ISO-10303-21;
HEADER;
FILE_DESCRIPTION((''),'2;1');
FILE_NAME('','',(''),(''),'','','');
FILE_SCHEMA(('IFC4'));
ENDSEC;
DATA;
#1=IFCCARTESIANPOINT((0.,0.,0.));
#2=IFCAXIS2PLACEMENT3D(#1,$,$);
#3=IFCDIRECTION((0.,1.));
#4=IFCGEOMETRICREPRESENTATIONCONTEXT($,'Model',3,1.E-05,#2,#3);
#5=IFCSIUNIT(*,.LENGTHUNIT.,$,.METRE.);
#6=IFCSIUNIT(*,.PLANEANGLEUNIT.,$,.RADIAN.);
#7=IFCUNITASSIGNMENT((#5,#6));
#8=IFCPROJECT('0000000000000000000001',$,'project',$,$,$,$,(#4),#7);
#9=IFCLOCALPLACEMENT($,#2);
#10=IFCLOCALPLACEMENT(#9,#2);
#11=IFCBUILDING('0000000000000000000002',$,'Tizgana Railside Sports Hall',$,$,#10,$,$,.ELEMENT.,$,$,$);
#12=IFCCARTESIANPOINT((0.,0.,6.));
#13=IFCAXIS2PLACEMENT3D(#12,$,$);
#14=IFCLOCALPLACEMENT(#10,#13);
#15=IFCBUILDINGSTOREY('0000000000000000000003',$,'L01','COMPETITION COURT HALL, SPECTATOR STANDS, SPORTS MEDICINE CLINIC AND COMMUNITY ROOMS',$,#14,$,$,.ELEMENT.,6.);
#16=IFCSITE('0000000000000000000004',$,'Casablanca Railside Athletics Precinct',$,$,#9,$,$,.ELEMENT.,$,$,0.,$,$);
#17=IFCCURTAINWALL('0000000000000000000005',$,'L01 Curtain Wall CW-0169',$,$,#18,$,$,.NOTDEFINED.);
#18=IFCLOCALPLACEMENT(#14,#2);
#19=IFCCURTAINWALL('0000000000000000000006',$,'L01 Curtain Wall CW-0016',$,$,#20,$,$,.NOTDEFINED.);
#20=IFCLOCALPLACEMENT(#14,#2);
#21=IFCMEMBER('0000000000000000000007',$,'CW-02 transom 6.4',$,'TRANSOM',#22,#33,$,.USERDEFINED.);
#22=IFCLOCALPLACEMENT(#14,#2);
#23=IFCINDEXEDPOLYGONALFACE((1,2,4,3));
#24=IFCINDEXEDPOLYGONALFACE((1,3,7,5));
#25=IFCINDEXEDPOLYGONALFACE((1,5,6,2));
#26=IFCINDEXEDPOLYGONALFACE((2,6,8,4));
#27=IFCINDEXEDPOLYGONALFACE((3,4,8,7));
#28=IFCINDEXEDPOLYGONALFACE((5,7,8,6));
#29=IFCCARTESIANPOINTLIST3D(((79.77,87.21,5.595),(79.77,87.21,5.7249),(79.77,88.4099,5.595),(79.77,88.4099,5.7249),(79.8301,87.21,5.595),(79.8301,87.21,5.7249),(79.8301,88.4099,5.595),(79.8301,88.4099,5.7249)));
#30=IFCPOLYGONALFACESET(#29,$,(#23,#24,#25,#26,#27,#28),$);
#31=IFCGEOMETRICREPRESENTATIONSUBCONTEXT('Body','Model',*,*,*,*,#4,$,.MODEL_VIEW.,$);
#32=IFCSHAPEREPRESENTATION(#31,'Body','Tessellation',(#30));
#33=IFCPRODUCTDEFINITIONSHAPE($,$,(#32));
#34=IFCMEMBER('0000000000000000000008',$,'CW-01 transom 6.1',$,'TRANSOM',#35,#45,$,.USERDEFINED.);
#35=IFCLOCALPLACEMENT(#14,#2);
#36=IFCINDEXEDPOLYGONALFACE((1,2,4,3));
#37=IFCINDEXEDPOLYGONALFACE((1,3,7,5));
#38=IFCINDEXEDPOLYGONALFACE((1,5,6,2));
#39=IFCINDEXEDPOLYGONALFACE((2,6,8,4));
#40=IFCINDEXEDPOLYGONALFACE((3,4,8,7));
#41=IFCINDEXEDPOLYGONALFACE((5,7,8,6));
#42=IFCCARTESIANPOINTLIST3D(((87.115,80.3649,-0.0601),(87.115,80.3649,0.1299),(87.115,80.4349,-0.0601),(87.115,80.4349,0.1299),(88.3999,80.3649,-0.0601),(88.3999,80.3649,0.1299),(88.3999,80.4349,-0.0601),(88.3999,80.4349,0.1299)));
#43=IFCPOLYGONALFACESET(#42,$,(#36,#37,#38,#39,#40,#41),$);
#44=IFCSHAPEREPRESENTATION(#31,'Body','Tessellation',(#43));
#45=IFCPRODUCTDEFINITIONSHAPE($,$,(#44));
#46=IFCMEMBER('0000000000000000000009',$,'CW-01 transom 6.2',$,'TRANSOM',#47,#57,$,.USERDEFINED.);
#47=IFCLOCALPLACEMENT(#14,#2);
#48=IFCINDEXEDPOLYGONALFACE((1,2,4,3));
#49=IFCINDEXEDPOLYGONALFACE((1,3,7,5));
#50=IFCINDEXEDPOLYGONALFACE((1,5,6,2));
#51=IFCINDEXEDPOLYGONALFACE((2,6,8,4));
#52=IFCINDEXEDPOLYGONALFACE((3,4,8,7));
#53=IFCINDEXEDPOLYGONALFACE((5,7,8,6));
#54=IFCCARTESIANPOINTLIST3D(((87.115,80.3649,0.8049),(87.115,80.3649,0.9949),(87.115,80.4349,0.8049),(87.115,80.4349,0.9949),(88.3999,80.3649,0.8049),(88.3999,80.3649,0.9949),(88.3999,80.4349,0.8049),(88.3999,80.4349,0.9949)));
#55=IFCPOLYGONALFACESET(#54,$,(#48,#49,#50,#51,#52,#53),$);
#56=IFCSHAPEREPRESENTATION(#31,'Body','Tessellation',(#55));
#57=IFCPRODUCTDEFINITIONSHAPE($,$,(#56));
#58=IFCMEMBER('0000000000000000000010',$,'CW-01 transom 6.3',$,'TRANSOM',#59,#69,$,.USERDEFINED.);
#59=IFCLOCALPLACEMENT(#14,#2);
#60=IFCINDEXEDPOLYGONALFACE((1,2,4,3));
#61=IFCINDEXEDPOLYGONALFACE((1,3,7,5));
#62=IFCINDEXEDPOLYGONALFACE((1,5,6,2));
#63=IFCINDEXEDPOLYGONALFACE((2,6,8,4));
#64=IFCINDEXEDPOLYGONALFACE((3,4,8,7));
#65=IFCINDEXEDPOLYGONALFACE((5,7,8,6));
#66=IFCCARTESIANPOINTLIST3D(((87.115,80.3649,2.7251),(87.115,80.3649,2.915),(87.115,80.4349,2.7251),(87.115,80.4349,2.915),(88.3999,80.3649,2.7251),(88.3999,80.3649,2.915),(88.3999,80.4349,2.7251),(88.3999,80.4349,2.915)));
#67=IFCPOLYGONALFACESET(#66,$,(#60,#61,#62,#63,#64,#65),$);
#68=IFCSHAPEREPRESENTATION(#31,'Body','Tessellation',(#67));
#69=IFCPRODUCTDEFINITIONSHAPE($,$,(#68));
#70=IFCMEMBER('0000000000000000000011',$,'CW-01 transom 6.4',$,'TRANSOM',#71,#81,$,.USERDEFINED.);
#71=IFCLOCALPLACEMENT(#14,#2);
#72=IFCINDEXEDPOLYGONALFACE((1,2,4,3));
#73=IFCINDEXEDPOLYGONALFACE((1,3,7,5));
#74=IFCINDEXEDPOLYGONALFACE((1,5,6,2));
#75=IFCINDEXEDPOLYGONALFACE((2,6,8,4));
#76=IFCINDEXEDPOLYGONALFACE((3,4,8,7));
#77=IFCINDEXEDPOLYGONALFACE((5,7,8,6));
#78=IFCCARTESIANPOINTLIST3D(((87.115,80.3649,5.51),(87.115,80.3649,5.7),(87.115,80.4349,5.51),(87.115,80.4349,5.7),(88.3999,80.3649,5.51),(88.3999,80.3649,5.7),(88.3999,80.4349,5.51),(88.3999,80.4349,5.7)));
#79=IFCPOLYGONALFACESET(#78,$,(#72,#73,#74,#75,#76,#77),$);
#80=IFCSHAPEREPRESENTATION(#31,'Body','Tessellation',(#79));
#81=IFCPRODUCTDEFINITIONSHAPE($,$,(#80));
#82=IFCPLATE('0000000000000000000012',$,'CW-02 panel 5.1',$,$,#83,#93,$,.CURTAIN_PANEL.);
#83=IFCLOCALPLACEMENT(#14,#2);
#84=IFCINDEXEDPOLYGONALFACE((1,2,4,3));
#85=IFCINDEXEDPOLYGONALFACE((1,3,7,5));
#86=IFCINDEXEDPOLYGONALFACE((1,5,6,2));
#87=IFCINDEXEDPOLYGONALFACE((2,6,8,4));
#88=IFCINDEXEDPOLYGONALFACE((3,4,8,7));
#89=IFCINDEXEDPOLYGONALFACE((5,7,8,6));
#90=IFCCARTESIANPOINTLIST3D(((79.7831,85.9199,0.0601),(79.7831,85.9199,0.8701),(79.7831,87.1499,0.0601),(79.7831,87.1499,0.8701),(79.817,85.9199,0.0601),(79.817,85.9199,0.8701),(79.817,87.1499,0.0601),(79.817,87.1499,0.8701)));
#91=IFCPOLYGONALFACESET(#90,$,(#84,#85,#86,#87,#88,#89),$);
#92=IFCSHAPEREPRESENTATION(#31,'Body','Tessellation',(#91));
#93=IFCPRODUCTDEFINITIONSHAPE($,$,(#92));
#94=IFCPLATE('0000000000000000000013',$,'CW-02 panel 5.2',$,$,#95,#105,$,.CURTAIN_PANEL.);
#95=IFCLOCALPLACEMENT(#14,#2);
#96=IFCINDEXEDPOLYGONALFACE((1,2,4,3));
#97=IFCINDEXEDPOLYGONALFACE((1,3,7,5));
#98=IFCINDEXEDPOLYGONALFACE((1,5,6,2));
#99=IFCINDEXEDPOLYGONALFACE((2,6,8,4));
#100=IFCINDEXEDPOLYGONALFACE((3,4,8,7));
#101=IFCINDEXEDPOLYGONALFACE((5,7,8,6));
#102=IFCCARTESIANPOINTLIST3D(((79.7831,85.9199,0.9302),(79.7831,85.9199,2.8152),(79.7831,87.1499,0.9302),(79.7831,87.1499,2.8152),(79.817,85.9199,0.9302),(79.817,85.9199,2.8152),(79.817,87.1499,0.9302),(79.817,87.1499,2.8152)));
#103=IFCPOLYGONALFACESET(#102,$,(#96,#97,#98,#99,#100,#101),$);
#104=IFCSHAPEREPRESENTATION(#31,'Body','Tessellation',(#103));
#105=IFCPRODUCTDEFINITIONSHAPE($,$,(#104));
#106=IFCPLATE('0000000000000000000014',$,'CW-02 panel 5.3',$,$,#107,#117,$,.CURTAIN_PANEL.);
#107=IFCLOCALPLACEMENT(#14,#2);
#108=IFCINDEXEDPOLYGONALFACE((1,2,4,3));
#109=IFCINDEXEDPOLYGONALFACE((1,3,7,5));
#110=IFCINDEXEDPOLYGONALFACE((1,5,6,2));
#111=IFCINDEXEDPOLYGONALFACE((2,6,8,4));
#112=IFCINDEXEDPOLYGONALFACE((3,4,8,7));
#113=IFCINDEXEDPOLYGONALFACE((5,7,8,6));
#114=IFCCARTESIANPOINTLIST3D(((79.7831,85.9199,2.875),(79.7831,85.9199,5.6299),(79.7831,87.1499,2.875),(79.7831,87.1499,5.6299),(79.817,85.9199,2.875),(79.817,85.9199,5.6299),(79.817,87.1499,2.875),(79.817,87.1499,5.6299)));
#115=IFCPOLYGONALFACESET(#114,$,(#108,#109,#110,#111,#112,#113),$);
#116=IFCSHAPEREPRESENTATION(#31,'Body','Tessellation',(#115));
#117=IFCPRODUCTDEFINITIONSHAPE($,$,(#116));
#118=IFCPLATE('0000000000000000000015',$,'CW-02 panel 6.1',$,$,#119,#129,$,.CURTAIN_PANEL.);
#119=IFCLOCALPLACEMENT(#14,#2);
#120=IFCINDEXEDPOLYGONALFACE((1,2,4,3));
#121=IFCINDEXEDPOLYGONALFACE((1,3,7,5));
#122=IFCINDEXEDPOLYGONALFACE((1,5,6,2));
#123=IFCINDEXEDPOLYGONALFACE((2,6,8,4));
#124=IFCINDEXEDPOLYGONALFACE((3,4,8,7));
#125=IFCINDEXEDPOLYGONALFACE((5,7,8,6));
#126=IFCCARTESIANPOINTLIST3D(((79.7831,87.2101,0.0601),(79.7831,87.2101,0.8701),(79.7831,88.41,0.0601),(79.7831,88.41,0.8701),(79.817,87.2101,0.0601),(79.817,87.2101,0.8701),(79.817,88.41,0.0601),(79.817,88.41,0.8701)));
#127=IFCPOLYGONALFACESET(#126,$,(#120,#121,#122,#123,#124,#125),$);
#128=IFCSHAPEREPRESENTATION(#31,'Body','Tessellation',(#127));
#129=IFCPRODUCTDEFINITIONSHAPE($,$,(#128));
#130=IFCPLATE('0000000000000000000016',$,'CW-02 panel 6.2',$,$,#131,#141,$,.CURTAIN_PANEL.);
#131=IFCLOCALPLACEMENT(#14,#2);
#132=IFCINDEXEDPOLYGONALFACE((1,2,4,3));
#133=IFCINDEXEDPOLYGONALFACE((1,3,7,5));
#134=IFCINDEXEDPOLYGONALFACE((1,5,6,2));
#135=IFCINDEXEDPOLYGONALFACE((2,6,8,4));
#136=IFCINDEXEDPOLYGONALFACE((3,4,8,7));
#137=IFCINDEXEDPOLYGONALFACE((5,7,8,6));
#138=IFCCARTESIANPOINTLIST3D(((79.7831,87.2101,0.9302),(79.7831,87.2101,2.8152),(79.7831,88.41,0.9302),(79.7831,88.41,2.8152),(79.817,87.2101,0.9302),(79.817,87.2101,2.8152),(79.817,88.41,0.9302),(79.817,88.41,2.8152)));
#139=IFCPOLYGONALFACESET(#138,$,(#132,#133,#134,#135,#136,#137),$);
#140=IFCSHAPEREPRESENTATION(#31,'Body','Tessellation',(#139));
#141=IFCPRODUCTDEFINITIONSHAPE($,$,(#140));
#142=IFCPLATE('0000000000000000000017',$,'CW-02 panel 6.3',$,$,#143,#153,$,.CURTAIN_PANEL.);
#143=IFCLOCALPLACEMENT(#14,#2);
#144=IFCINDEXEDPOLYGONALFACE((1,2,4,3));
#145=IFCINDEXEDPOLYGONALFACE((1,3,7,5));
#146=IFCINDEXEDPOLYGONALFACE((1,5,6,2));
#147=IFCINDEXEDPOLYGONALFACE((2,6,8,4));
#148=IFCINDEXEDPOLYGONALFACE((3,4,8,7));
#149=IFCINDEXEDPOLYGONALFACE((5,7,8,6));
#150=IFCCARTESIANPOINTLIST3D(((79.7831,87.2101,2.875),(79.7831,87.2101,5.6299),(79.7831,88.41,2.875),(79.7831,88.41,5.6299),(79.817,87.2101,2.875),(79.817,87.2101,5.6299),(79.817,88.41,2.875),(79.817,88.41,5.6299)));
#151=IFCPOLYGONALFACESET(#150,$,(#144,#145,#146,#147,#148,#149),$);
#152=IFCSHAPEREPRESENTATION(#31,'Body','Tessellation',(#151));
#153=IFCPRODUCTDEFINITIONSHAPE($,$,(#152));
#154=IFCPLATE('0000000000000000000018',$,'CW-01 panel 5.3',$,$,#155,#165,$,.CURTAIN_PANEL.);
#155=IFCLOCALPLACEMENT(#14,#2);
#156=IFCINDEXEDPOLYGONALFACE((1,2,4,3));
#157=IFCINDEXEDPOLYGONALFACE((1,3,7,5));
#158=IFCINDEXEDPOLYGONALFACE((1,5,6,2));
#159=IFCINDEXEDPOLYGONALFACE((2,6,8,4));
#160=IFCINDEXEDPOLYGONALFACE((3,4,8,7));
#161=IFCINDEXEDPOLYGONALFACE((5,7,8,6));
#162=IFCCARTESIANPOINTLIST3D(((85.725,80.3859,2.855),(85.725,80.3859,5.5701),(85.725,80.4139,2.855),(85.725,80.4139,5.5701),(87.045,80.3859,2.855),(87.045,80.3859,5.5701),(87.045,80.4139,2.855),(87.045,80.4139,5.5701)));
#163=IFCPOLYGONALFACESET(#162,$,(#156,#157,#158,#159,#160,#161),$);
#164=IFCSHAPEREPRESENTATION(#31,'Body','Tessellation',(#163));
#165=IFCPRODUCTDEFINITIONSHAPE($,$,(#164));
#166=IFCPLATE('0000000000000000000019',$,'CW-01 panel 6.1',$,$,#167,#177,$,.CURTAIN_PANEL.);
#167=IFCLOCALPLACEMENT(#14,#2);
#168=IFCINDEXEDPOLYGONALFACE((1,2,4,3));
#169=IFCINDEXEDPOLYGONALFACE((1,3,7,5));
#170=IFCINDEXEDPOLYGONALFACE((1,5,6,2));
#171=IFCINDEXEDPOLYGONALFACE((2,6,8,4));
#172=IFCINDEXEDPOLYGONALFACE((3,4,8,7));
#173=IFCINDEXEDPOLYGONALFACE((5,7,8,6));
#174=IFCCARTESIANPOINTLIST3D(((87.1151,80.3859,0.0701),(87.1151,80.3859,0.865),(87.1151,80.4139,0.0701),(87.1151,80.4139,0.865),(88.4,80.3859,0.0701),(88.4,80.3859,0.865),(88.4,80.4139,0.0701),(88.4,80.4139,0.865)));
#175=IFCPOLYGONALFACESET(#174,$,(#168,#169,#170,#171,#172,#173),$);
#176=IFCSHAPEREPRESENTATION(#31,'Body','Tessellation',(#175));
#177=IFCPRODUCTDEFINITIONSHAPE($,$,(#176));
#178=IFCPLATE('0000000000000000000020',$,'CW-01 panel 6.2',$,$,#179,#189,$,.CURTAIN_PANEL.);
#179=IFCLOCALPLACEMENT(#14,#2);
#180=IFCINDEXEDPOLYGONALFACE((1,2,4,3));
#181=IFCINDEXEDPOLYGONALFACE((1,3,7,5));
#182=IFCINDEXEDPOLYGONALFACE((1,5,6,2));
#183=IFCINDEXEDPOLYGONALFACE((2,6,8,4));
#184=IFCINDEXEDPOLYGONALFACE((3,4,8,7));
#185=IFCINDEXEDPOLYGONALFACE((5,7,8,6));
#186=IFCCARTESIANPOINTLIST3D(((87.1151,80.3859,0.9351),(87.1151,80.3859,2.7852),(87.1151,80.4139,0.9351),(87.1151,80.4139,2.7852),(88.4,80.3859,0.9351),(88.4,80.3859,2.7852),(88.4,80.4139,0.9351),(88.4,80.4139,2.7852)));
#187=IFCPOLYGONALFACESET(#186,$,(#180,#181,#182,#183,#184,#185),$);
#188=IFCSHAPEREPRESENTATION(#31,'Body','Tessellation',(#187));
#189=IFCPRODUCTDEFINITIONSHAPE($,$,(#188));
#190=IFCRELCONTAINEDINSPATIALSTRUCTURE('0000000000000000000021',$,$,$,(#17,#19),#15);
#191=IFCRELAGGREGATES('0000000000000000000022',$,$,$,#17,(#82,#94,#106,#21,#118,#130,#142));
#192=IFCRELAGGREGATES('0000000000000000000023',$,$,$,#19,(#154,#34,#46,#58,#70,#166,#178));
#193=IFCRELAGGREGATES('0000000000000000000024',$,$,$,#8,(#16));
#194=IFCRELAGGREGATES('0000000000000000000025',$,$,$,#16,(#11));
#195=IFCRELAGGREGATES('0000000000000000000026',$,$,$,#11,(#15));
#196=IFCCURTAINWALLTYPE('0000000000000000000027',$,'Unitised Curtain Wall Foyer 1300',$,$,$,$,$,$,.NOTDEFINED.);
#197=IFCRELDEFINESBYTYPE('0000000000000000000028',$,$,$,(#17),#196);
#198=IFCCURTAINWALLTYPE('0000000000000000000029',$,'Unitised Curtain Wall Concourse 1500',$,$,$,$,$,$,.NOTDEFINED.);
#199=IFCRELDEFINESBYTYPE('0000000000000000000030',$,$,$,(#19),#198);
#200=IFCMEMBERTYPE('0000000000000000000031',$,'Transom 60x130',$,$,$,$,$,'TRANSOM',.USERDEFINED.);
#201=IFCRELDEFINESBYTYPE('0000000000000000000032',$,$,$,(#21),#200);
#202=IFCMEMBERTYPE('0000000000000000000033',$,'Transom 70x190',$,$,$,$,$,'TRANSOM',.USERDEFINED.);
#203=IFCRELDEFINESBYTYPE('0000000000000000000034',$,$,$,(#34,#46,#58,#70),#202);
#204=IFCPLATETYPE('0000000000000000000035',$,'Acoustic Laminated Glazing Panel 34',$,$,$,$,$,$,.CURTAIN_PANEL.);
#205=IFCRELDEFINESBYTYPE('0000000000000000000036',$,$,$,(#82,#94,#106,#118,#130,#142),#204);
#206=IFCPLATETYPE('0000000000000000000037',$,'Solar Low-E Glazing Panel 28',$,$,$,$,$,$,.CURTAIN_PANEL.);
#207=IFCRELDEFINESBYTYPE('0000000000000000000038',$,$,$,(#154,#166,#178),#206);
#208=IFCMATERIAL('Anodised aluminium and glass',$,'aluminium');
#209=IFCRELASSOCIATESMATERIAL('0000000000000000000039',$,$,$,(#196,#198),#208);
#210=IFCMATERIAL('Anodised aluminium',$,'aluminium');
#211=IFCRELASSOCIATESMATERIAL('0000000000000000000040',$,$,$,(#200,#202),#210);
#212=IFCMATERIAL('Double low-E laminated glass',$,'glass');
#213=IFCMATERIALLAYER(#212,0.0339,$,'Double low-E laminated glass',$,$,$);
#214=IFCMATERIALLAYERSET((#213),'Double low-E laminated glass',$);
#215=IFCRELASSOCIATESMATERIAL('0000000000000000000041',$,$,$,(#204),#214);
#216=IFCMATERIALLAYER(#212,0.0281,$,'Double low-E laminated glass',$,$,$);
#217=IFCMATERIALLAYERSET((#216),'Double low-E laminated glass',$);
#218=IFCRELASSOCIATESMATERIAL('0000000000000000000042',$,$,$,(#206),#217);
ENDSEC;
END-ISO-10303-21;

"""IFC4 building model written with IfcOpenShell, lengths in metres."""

from ifc_helpers import new_model, si_unit, direction, frame, origin, origin_2d, place, context, subcontext, project, spatial, rectangle, extrude, material, layer, layer_set, material_profile, profile_set, type_object, element, aggregate, save


model = new_model("IFC4")

# Units and contexts
model_context = context("Model", 3, precision=1e-05, world=origin(), true_north=direction((0.0, 1.0)))
body_context = subcontext(model_context, "Body", "Model", "MODEL_VIEW")
ifc_project = project(units=[si_unit("LENGTHUNIT", "METRE"), si_unit("PLANEANGLEUNIT", "RADIAN")], contexts=[model_context])

# Site, building, storey
site_placement = place(None, origin())
site = spatial("IfcSite", under=ifc_project, at=site_placement, Name="Casablanca Railside Athletics Precinct", CompositionType="ELEMENT", RefElevation=0.0)
building_placement = place(site_placement, origin())
building = spatial("IfcBuilding", under=site, at=building_placement, Name="Tizgana Railside Sports Hall", CompositionType="ELEMENT")
storey_placement = place(building_placement, frame((0.0, 0.0, 6.0)))
storey = spatial("IfcBuildingStorey", under=building, at=storey_placement, Name="L01", Description="COMPETITION COURT HALL, SPECTATOR STANDS, SPORTS MEDICINE CLINIC AND COMMUNITY ROOMS", CompositionType="ELEMENT", Elevation=6.0)

# Curtain walls
ifc_material_1 = material(Name="Anodised aluminium and glass", Category="aluminium")
curtain_wall_type_1 = type_object("IfcCurtainWallType", Name="Unitised Curtain Wall Foyer 1300", PredefinedType="NOTDEFINED", material=ifc_material_1)
curtain_wall_1_placement = place(storey_placement, origin())
curtain_wall_1 = element("IfcCurtainWall", 1, at=curtain_wall_1_placement, inside=storey, type_object=curtain_wall_type_1, Name="L01 Curtain Wall CW-0169", PredefinedType="NOTDEFINED")
ifc_material_2 = material(Name="Anodised aluminium", Category="aluminium")
curtain_wall_type_2 = type_object("IfcCurtainWallType", Name="Unitised Curtain Wall Concourse 1500", PredefinedType="NOTDEFINED", material=ifc_material_1)
curtain_wall_2_placement = place(storey_placement, origin())
curtain_wall_2 = element("IfcCurtainWall", 2, at=curtain_wall_2_placement, inside=storey, type_object=curtain_wall_type_2, Name="L01 Curtain Wall CW-0016", PredefinedType="NOTDEFINED")

# Members
ifc_material_profile_1 = material_profile(ifc_material_2, rectangle(XDim=0.0601, YDim=0.1299, at=origin_2d()), Name="Transom 60x130")
ifc_profile_set_1 = profile_set([ifc_material_profile_1], Name="Anodised aluminium")
member_type_1 = type_object("IfcMemberType", Name="Transom 60x130", ElementType="TRANSOM", PredefinedType="USERDEFINED", material=ifc_profile_set_1)
member_1_placement = place(storey_placement, frame((79.8, 87.21, 5.6599), z_axis=(0.0, 1.0, 0.0), x_axis=(-1.0, 0.0, 0.0)))
member_1 = element("IfcMember", 3, at=member_1_placement, type_object=member_type_1, Name="CW-02 transom 6.4", ObjectType="TRANSOM", PredefinedType="USERDEFINED", context=body_context, shape_type="SweptSolid", body=[
    extrude(rectangle(XDim=0.0601, YDim=0.1299, at=origin_2d()), origin(), (0.0, 0.0, 1.0), 1.2),
])
ifc_material_profile_2 = material_profile(ifc_material_2, rectangle(XDim=0.0701, YDim=0.1899, at=origin_2d()), Name="Transom 70x190")
ifc_profile_set_2 = profile_set([ifc_material_profile_2], Name="Anodised aluminium")
member_type_2 = type_object("IfcMemberType", Name="Transom 70x190", ElementType="TRANSOM", PredefinedType="USERDEFINED", material=ifc_profile_set_2)
member_2_placement = place(storey_placement, frame((87.115, 80.3999, 0.0349), z_axis=(1.0, 0.0, 0.0), x_axis=(0.0, 1.0, 0.0)))
member_2 = element("IfcMember", 4, at=member_2_placement, type_object=member_type_2, Name="CW-01 transom 6.1", ObjectType="TRANSOM", PredefinedType="USERDEFINED", context=body_context, shape_type="SweptSolid", body=[
    extrude(rectangle(XDim=0.0701, YDim=0.1899, at=origin_2d()), origin(), (0.0, 0.0, 1.0), 1.2849),
])
member_3_placement = place(storey_placement, frame((87.115, 80.3999, 0.8999), z_axis=(1.0, 0.0, 0.0), x_axis=(0.0, 1.0, 0.0)))
member_3 = element("IfcMember", 5, at=member_3_placement, type_object=member_type_2, Name="CW-01 transom 6.2", ObjectType="TRANSOM", PredefinedType="USERDEFINED", context=body_context, shape_type="SweptSolid", body=[
    extrude(rectangle(XDim=0.0701, YDim=0.1899, at=origin_2d()), origin(), (0.0, 0.0, 1.0), 1.2849),
])
member_4_placement = place(storey_placement, frame((87.115, 80.3999, 2.8201), z_axis=(1.0, 0.0, 0.0), x_axis=(0.0, 1.0, 0.0)))
member_4 = element("IfcMember", 6, at=member_4_placement, type_object=member_type_2, Name="CW-01 transom 6.3", ObjectType="TRANSOM", PredefinedType="USERDEFINED", context=body_context, shape_type="SweptSolid", body=[
    extrude(rectangle(XDim=0.0701, YDim=0.1899, at=origin_2d()), origin(), (0.0, 0.0, 1.0), 1.2849),
])
member_5_placement = place(storey_placement, frame((87.115, 80.3999, 5.605), z_axis=(1.0, 0.0, 0.0), x_axis=(0.0, 1.0, 0.0)))
member_5 = element("IfcMember", 7, at=member_5_placement, type_object=member_type_2, Name="CW-01 transom 6.4", ObjectType="TRANSOM", PredefinedType="USERDEFINED", context=body_context, shape_type="SweptSolid", body=[
    extrude(rectangle(XDim=0.0701, YDim=0.1899, at=origin_2d()), origin(), (0.0, 0.0, 1.0), 1.2849),
])

# Plates
ifc_material_3 = material(Name="Double low-E laminated glass", Category="glass")
ifc_layer_1 = layer(ifc_material_3, 0.0339, Name="Double low-E laminated glass")
ifc_layer_set_1 = layer_set([ifc_layer_1], Name="Double low-E laminated glass")
plate_type_1 = type_object("IfcPlateType", Name="Acoustic Laminated Glazing Panel 34", PredefinedType="CURTAIN_PANEL", material=ifc_layer_set_1)
plate_1_placement = place(storey_placement, frame((79.8, 86.5349, 0.0601), z_axis=(0.0, 0.0, 1.0), x_axis=(0.0, 1.0, 0.0)))
plate_1 = element("IfcPlate", 8, at=plate_1_placement, type_object=plate_type_1, Name="CW-02 panel 5.1", PredefinedType="CURTAIN_PANEL", context=body_context, shape_type="SweptSolid", body=[
    extrude(rectangle(XDim=1.23, YDim=0.0339, at=origin_2d()), origin(), (0.0, 0.0, 1.0), 0.8101),
])
plate_2_placement = place(storey_placement, frame((79.8, 86.5349, 0.9302), z_axis=(0.0, 0.0, 1.0), x_axis=(0.0, 1.0, 0.0)))
plate_2 = element("IfcPlate", 9, at=plate_2_placement, type_object=plate_type_1, Name="CW-02 panel 5.2", PredefinedType="CURTAIN_PANEL", context=body_context, shape_type="SweptSolid", body=[
    extrude(rectangle(XDim=1.23, YDim=0.0339, at=origin_2d()), origin(), (0.0, 0.0, 1.0), 1.885),
])
plate_3_placement = place(storey_placement, frame((79.8, 86.5349, 2.875), z_axis=(0.0, 0.0, 1.0), x_axis=(0.0, 1.0, 0.0)))
plate_3 = element("IfcPlate", 10, at=plate_3_placement, type_object=plate_type_1, Name="CW-02 panel 5.3", PredefinedType="CURTAIN_PANEL", context=body_context, shape_type="SweptSolid", body=[
    extrude(rectangle(XDim=1.23, YDim=0.0339, at=origin_2d()), origin(), (0.0, 0.0, 1.0), 2.7549),
])
plate_4_placement = place(storey_placement, frame((79.8, 87.8101, 0.0601), z_axis=(0.0, 0.0, 1.0), x_axis=(0.0, 1.0, 0.0)))
plate_4 = element("IfcPlate", 11, at=plate_4_placement, type_object=plate_type_1, Name="CW-02 panel 6.1", PredefinedType="CURTAIN_PANEL", context=body_context, shape_type="SweptSolid", body=[
    extrude(rectangle(XDim=1.2, YDim=0.0339, at=origin_2d()), origin(), (0.0, 0.0, 1.0), 0.8101),
])
plate_5_placement = place(storey_placement, frame((79.8, 87.8101, 0.9302), z_axis=(0.0, 0.0, 1.0), x_axis=(0.0, 1.0, 0.0)))
plate_5 = element("IfcPlate", 12, at=plate_5_placement, type_object=plate_type_1, Name="CW-02 panel 6.2", PredefinedType="CURTAIN_PANEL", context=body_context, shape_type="SweptSolid", body=[
    extrude(rectangle(XDim=1.2, YDim=0.0339, at=origin_2d()), origin(), (0.0, 0.0, 1.0), 1.885),
])
plate_6_placement = place(storey_placement, frame((79.8, 87.8101, 2.875), z_axis=(0.0, 0.0, 1.0), x_axis=(0.0, 1.0, 0.0)))
plate_6 = element("IfcPlate", 13, at=plate_6_placement, type_object=plate_type_1, Name="CW-02 panel 6.3", PredefinedType="CURTAIN_PANEL", context=body_context, shape_type="SweptSolid", body=[
    extrude(rectangle(XDim=1.2, YDim=0.0339, at=origin_2d()), origin(), (0.0, 0.0, 1.0), 2.7549),
])
aggregate(curtain_wall_1, [plate_1, plate_2, plate_3, member_1, plate_4, plate_5, plate_6])
ifc_layer_2 = layer(ifc_material_3, 0.0281, Name="Double low-E laminated glass")
ifc_layer_set_2 = layer_set([ifc_layer_2], Name="Double low-E laminated glass")
plate_type_2 = type_object("IfcPlateType", Name="Solar Low-E Glazing Panel 28", PredefinedType="CURTAIN_PANEL", material=ifc_layer_set_2)
plate_7_placement = place(storey_placement, frame((86.385, 80.3999, 2.855), z_axis=(0.0, 0.0, 1.0), x_axis=(1.0, 0.0, 0.0)))
plate_7 = element("IfcPlate", 14, at=plate_7_placement, type_object=plate_type_2, Name="CW-01 panel 5.3", PredefinedType="CURTAIN_PANEL", context=body_context, shape_type="SweptSolid", body=[
    extrude(rectangle(XDim=1.3201, YDim=0.0281, at=origin_2d()), origin(), (0.0, 0.0, 1.0), 2.7151),
])
plate_8_placement = place(storey_placement, frame((87.7576, 80.3999, 0.0701), z_axis=(0.0, 0.0, 1.0), x_axis=(1.0, 0.0, 0.0)))
plate_8 = element("IfcPlate", 15, at=plate_8_placement, type_object=plate_type_2, Name="CW-01 panel 6.1", PredefinedType="CURTAIN_PANEL", context=body_context, shape_type="SweptSolid", body=[
    extrude(rectangle(XDim=1.2849, YDim=0.0281, at=origin_2d()), origin(), (0.0, 0.0, 1.0), 0.7949),
])
plate_9_placement = place(storey_placement, frame((87.7576, 80.3999, 0.9351), z_axis=(0.0, 0.0, 1.0), x_axis=(1.0, 0.0, 0.0)))
plate_9 = element("IfcPlate", 16, at=plate_9_placement, type_object=plate_type_2, Name="CW-01 panel 6.2", PredefinedType="CURTAIN_PANEL", context=body_context, shape_type="SweptSolid", body=[
    extrude(rectangle(XDim=1.2849, YDim=0.0281, at=origin_2d()), origin(), (0.0, 0.0, 1.0), 1.8501),
])
aggregate(curtain_wall_2, [plate_7, member_2, member_3, member_4, member_5, plate_8, plate_9])

save(model, "model.ifc")
